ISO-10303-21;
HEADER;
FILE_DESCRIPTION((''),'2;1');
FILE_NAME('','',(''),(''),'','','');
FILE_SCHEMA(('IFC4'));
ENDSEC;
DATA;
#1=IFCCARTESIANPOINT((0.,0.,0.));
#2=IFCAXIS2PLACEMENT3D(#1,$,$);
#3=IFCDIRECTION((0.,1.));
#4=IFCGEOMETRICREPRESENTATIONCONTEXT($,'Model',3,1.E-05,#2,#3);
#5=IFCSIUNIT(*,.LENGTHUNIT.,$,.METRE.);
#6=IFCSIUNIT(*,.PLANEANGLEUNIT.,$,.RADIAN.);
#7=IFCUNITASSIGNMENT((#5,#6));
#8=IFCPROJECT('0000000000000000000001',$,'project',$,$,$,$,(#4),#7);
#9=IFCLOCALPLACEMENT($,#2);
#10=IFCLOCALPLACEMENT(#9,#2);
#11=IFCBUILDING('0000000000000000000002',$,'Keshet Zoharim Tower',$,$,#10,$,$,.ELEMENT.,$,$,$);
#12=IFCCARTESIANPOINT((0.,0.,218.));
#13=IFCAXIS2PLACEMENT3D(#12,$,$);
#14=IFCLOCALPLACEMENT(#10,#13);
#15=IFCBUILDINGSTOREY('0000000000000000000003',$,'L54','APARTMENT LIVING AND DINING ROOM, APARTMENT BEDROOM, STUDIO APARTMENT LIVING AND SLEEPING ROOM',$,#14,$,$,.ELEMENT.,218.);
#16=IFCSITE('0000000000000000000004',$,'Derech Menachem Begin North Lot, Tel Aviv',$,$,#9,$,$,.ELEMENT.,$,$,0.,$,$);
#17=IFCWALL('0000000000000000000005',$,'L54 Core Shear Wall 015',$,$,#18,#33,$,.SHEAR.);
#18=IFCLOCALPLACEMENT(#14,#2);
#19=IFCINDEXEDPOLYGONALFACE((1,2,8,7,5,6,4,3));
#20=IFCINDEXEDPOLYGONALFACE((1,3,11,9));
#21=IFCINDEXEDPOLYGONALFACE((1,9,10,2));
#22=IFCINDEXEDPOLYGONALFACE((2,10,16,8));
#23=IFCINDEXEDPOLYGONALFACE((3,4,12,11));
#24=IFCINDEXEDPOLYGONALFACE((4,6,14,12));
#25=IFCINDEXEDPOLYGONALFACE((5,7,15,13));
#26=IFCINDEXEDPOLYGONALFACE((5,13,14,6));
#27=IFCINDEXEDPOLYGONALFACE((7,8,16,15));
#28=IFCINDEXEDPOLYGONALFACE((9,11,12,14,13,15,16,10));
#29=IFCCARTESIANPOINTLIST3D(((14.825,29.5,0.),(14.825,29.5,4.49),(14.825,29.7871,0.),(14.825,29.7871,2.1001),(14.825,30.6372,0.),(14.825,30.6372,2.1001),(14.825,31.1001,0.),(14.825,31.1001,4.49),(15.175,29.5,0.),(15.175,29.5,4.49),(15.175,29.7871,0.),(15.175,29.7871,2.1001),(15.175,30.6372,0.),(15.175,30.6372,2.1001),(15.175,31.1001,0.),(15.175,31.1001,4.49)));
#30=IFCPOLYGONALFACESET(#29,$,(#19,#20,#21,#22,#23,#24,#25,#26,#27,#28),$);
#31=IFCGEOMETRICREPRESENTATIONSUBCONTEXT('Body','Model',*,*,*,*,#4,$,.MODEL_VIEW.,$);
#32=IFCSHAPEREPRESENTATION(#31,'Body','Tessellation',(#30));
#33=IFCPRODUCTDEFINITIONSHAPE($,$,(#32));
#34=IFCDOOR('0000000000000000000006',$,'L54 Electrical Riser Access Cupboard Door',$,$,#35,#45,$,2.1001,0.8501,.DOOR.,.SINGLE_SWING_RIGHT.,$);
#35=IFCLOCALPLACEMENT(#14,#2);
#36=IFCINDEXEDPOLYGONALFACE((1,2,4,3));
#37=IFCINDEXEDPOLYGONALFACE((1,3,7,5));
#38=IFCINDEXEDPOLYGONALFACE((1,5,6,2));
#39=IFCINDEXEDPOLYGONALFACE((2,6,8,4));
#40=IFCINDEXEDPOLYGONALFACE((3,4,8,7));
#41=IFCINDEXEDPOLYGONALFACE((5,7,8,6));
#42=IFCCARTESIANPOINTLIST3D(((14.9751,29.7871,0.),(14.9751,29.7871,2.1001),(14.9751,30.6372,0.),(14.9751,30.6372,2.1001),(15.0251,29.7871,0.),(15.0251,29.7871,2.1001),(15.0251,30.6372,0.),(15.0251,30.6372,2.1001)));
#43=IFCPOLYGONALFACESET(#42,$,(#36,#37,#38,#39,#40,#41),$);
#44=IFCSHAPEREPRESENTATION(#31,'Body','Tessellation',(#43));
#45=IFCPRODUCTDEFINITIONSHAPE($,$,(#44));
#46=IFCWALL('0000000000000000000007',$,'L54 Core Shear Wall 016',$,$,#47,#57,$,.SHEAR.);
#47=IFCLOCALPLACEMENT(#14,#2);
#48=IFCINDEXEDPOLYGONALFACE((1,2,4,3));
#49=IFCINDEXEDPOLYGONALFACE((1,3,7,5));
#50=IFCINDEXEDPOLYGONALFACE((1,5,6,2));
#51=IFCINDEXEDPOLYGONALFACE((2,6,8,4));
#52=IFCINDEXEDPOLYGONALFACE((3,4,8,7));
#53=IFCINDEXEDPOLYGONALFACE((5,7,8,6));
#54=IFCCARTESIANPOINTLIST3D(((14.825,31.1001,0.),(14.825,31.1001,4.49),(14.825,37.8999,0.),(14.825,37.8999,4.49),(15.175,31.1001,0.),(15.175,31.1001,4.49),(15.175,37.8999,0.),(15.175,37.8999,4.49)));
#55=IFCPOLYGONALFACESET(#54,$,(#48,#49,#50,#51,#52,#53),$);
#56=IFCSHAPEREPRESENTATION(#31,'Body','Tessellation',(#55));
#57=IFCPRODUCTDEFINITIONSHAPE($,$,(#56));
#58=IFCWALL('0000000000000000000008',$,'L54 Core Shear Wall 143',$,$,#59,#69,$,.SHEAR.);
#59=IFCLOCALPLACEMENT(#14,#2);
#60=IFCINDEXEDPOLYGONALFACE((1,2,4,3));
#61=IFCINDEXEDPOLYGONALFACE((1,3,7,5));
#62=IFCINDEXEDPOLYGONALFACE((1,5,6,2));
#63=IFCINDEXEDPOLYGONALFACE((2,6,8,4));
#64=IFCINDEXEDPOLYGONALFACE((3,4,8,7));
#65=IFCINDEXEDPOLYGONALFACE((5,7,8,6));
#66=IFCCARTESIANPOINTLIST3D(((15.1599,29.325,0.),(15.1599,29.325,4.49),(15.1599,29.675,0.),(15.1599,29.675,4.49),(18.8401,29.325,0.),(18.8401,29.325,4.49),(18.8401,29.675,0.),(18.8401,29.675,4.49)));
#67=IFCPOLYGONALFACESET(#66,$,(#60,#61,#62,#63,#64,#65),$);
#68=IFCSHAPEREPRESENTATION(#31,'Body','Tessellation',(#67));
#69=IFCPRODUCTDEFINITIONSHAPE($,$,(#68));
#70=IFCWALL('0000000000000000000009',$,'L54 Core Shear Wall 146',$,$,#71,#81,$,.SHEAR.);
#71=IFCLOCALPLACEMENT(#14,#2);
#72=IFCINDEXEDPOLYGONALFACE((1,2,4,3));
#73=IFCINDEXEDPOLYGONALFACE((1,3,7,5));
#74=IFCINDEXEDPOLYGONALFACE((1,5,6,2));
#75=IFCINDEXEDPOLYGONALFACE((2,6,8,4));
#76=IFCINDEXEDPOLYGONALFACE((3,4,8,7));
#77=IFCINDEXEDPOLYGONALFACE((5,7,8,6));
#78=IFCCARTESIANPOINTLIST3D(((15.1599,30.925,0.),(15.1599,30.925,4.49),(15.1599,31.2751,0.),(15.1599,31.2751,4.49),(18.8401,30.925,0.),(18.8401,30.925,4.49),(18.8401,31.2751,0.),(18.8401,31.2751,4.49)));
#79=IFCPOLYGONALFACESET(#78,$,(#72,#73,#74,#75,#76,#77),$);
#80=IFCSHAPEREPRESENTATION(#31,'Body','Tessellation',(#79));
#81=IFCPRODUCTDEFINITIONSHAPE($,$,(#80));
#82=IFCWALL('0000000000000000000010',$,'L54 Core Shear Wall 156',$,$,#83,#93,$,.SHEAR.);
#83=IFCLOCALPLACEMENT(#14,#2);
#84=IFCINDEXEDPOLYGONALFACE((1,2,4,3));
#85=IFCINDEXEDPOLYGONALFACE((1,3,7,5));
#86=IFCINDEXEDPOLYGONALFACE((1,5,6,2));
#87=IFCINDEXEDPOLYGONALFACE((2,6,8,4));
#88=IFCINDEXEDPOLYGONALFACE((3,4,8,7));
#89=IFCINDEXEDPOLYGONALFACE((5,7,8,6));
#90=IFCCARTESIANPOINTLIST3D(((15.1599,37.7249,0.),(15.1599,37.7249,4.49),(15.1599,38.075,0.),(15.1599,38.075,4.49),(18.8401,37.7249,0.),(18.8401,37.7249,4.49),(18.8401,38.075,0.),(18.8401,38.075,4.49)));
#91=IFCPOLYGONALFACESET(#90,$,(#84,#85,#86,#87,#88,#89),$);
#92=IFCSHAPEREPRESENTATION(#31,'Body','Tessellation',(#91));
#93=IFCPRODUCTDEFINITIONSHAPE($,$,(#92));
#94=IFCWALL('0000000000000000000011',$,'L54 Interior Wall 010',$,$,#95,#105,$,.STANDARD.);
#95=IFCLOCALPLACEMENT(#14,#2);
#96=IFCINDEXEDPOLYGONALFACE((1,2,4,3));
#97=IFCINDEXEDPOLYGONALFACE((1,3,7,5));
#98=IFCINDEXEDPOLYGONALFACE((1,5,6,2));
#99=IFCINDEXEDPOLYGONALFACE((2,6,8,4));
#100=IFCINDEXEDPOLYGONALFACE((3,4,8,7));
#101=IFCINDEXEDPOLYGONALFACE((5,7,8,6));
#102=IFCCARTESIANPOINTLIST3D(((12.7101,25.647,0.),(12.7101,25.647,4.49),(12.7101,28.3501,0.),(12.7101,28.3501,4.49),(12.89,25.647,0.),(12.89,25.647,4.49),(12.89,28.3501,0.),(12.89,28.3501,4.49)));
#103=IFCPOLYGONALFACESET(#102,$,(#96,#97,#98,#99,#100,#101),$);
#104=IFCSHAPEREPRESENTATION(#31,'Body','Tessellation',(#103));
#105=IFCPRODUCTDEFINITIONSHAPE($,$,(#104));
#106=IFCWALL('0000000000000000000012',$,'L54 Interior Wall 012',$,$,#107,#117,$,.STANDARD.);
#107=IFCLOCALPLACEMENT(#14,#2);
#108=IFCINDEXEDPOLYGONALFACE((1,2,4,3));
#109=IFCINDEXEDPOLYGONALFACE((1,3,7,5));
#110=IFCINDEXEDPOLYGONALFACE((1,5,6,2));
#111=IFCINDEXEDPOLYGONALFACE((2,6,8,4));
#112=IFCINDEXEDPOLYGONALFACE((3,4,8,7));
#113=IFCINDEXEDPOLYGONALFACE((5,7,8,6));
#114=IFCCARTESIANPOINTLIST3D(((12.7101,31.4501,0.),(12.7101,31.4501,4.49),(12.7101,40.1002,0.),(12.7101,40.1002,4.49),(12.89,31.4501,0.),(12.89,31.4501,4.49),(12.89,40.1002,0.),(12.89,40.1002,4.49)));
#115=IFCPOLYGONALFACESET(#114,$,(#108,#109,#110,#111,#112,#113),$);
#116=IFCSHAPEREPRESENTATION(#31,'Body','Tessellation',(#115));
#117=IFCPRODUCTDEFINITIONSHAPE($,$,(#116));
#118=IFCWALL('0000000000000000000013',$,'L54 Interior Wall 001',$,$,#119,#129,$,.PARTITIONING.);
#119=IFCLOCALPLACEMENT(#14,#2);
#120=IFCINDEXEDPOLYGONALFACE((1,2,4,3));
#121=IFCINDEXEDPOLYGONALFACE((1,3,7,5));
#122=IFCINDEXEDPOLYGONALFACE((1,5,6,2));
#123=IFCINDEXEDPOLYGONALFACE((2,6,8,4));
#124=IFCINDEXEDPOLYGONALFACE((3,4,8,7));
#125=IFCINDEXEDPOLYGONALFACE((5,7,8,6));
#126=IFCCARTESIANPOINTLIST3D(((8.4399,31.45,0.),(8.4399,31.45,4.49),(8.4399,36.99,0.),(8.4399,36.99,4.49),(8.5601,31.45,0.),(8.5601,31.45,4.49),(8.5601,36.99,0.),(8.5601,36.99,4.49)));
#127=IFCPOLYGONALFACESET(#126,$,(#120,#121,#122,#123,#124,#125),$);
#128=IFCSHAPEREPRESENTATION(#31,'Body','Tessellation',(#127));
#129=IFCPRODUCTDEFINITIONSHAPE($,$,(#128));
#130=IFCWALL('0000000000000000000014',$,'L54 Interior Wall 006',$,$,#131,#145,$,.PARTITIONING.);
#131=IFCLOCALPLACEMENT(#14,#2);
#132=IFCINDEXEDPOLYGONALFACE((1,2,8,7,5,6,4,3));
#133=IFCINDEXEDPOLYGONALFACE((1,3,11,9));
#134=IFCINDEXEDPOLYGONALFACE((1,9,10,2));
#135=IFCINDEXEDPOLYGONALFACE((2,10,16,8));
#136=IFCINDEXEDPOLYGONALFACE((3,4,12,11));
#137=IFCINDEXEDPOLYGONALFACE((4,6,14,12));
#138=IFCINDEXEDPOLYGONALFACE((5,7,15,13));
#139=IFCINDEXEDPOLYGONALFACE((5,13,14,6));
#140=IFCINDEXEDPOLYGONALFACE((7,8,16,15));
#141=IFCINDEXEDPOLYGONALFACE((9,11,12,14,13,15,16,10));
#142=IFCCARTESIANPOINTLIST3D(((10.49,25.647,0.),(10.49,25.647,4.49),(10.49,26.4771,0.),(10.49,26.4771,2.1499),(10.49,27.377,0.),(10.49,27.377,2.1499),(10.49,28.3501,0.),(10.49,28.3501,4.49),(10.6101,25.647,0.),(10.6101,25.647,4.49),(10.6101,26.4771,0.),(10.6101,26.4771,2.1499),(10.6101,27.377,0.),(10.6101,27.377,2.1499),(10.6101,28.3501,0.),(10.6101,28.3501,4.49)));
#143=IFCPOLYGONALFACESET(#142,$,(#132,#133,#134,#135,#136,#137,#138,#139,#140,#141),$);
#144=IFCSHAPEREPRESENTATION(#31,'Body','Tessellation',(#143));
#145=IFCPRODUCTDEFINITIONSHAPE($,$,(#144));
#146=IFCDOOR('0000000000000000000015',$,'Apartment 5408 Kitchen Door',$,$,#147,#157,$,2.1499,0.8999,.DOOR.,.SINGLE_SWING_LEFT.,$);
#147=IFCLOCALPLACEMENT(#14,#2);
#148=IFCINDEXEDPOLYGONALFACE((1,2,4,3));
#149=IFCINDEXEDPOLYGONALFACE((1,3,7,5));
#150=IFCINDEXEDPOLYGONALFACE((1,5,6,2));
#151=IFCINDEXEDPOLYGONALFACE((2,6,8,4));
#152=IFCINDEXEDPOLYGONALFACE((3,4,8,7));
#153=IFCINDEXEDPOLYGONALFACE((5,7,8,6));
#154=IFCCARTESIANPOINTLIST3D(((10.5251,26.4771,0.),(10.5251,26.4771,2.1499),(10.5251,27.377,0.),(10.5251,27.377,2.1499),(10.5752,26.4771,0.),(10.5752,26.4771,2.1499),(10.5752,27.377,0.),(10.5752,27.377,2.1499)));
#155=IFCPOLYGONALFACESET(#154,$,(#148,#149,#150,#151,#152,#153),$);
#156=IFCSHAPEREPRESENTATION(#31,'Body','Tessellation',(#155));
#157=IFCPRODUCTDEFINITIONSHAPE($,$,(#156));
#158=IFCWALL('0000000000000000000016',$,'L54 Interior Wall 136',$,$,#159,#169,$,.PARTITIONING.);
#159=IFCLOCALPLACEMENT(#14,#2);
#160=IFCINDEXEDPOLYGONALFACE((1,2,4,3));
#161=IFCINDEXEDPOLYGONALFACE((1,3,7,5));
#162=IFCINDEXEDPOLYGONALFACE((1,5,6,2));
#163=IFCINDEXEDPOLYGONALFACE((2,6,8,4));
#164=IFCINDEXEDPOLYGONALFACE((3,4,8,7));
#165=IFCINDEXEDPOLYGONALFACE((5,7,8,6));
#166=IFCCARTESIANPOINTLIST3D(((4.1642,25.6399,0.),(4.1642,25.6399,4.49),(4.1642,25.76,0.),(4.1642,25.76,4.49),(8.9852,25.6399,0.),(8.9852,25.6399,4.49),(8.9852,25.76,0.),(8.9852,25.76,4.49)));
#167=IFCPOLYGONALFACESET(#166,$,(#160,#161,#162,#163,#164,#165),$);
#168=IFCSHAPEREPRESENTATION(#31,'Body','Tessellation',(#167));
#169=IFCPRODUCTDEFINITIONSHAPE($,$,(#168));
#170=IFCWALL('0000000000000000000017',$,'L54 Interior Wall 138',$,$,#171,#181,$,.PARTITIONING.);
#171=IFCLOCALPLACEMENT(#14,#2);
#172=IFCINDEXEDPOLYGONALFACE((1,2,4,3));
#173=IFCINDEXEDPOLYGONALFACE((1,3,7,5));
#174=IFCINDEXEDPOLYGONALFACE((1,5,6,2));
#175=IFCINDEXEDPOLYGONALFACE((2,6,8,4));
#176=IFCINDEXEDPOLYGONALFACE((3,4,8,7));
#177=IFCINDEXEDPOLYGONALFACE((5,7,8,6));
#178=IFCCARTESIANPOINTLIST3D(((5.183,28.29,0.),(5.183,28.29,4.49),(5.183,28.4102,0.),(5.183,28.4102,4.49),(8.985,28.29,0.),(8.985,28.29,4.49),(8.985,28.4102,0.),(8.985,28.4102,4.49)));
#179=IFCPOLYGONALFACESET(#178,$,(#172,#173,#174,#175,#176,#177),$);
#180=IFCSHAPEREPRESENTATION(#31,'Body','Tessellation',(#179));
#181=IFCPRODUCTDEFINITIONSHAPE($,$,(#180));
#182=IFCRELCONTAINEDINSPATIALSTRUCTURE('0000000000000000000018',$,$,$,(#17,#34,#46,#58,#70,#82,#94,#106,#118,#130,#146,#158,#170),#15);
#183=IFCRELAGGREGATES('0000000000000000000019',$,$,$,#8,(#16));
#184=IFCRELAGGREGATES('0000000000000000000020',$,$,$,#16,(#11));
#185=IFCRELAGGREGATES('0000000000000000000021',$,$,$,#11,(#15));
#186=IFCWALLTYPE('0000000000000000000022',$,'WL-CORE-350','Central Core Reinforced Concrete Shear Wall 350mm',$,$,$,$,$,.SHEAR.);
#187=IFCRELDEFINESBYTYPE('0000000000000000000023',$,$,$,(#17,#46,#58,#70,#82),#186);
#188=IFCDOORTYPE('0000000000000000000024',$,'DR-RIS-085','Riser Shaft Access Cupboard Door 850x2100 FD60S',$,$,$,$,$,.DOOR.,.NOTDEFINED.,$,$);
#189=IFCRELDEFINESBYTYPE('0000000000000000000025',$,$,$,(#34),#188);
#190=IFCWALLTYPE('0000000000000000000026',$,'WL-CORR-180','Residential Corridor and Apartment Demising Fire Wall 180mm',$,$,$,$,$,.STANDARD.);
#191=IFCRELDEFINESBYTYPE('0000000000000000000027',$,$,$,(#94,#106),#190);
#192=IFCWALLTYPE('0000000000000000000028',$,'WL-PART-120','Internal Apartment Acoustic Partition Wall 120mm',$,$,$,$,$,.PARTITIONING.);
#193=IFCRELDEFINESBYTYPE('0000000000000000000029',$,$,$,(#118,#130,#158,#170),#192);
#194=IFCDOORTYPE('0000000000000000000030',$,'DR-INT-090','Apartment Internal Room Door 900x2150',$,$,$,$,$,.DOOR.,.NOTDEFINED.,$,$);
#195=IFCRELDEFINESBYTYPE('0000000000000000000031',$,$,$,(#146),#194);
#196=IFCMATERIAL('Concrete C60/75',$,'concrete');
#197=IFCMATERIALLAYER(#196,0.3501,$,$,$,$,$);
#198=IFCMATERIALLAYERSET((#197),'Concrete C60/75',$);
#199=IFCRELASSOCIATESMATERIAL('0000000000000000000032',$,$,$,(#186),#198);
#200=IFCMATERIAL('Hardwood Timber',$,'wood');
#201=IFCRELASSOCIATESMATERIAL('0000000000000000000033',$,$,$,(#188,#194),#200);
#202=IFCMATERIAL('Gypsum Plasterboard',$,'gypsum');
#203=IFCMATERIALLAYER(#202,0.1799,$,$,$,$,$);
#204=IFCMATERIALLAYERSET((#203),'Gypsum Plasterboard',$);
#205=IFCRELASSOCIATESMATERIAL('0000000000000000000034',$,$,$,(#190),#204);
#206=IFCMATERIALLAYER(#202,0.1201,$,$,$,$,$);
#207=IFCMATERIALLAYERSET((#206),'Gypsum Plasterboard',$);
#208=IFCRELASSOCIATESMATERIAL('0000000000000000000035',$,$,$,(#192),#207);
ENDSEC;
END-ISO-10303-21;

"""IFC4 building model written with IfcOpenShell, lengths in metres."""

from ifc_helpers import new_model, si_unit, direction, frame, frame_2d, origin, place, context, subcontext, project, spatial, rectangle, extrude, material, layer, layer_set, type_object, element, fill, save


model = new_model("IFC4")

# Units and contexts
model_context = context("Model", 3, precision=1e-05, world=origin(), true_north=direction((0.0, 1.0)))
body_context = subcontext(model_context, "Body", "Model", "MODEL_VIEW")
ifc_project = project(units=[si_unit("LENGTHUNIT", "METRE"), si_unit("PLANEANGLEUNIT", "RADIAN")], contexts=[model_context])

# Site, building, storey
site_placement = place(None, origin())
site = spatial("IfcSite", under=ifc_project, at=site_placement, Name="Derech Menachem Begin North Lot, Tel Aviv", CompositionType="ELEMENT", RefElevation=0.0)
building_placement = place(site_placement, origin())
building = spatial("IfcBuilding", under=site, at=building_placement, Name="Keshet Zoharim Tower", CompositionType="ELEMENT")
storey_placement = place(building_placement, frame((0.0, 0.0, 218.0)))
storey = spatial("IfcBuildingStorey", under=building, at=storey_placement, Name="L54", Description="APARTMENT LIVING AND DINING ROOM, APARTMENT BEDROOM, STUDIO APARTMENT LIVING AND SLEEPING ROOM", CompositionType="ELEMENT", Elevation=218.0)

# Wall, opening, door
ifc_material_1 = material(Name="Concrete C60/75", Category="concrete")
ifc_layer_1 = layer(ifc_material_1, 0.3501)
ifc_layer_set_1 = layer_set([ifc_layer_1], Name="Concrete C60/75")
wall_type_1 = type_object("IfcWallType", Name="WL-CORE-350", Description="Central Core Reinforced Concrete Shear Wall 350mm", PredefinedType="SHEAR", material=ifc_layer_set_1)
wall_1_placement = place(storey_placement, frame((15.0, 29.5, 0.0), z_axis=(0.0, 0.0, 1.0), x_axis=(0.0, 1.0, 0.0)))
wall_1 = element("IfcWall", 1, at=wall_1_placement, inside=storey, type_object=wall_type_1, Name="L54 Core Shear Wall 015", PredefinedType="SHEAR", context=body_context, shape_type="SweptSolid", body=[
    extrude(rectangle(XDim=1.6001, YDim=0.3501, at=frame_2d((0.8, 0.0))), origin(), (0.0, 0.0, 1.0), 4.49),
])
opening_1_placement = place(wall_1_placement, frame((0.2871, 0.0, 0.0)))
opening_1 = element("IfcOpeningElement", 2, at=opening_1_placement, cuts=wall_1, PredefinedType="OPENING", context=body_context, shape_type="SweptSolid", body=[
    extrude(rectangle(XDim=0.8501, YDim=2.1001, at=frame_2d((0.425, 1.05))), frame((0.0, 0.1851, 0.0), z_axis=(0.0, -1.0, 0.0), x_axis=(1.0, 0.0, 0.0)), (0.0, 0.0, 1.0), 0.3701),
])
ifc_material_2 = material(Name="Hardwood Timber", Category="wood")
door_type_1 = type_object("IfcDoorType", Name="DR-RIS-085", Description="Riser Shaft Access Cupboard Door 850x2100 FD60S", OperationType="NOTDEFINED", PredefinedType="DOOR", material=ifc_material_2)
door_1_placement = place(opening_1_placement, origin())
door_1 = element("IfcDoor", 3, at=door_1_placement, inside=storey, type_object=door_type_1, Name="L54 Electrical Riser Access Cupboard Door", OperationType="SINGLE_SWING_RIGHT", OverallHeight=2.1001, OverallWidth=0.8501, PredefinedType="DOOR", context=body_context, shape_type="SweptSolid", body=[
    extrude(rectangle(XDim=0.8501, YDim=2.1001, at=frame_2d((0.425, 1.05))), frame((0.0, 0.0249, 0.0), z_axis=(0.0, -1.0, 0.0), x_axis=(1.0, 0.0, 0.0)), (0.0, 0.0, 1.0), 0.05),
])
fill(opening_1, door_1)

# Walls
wall_2_placement = place(storey_placement, frame((15.0, 31.1001, 0.0), z_axis=(0.0, 0.0, 1.0), x_axis=(0.0, 1.0, 0.0)))
element("IfcWall", 4, at=wall_2_placement, inside=storey, type_object=wall_type_1, Name="L54 Core Shear Wall 016", PredefinedType="SHEAR", context=body_context, shape_type="SweptSolid", body=[
    extrude(rectangle(XDim=6.7998, YDim=0.3501, at=frame_2d((3.3999, 0.0))), origin(), (0.0, 0.0, 1.0), 4.49),
])
for number, where, z_axis, x_axis, name in (
    (5, (15.1599, 29.5, 0.0), (0.0, 0.0, 1.0), (1.0, 0.0, 0.0), "L54 Core Shear Wall 143"),
    (6, (15.1599, 31.1001, 0.0), (0.0, 0.0, 1.0), (1.0, 0.0, 0.0), "L54 Core Shear Wall 146"),
    (7, (15.1599, 37.8999, 0.0), (0.0, 0.0, 1.0), (1.0, 0.0, 0.0), "L54 Core Shear Wall 156"),
):
    element("IfcWall", number, at=place(storey_placement, frame(where, z_axis=z_axis, x_axis=x_axis)), inside=storey, type_object=wall_type_1, Name=name, PredefinedType="SHEAR", context=body_context, shape_type="SweptSolid", body=[
        extrude(rectangle(XDim=3.6802, YDim=0.3501, at=frame_2d((1.8401, 0.0))), origin(), (0.0, 0.0, 1.0), 4.49),
    ])
ifc_material_3 = material(Name="Gypsum Plasterboard", Category="gypsum")
ifc_layer_2 = layer(ifc_material_3, 0.1799)
ifc_layer_set_2 = layer_set([ifc_layer_2], Name="Gypsum Plasterboard")
wall_type_2 = type_object("IfcWallType", Name="WL-CORR-180", Description="Residential Corridor and Apartment Demising Fire Wall 180mm", PredefinedType="STANDARD", material=ifc_layer_set_2)
wall_3_placement = place(storey_placement, frame((12.8, 25.647, 0.0), z_axis=(0.0, 0.0, 1.0), x_axis=(0.0, 1.0, 0.0)))
element("IfcWall", 8, at=wall_3_placement, inside=storey, type_object=wall_type_2, Name="L54 Interior Wall 010", PredefinedType="STANDARD", context=body_context, shape_type="SweptSolid", body=[
    extrude(rectangle(XDim=2.7031, YDim=0.1799, at=frame_2d((1.3516, 0.0))), origin(), (0.0, 0.0, 1.0), 4.49),
])

# Walls
wall_4_placement = place(storey_placement, frame((12.8, 31.45, 0.0), z_axis=(0.0, 0.0, 1.0), x_axis=(0.0, 1.0, 0.0)))
element("IfcWall", 9, at=wall_4_placement, inside=storey, type_object=wall_type_2, Name="L54 Interior Wall 012", PredefinedType="STANDARD", context=body_context, shape_type="SweptSolid", body=[
    extrude(rectangle(XDim=8.6501, YDim=0.1799, at=frame_2d((4.3252, 0.0))), origin(), (0.0, 0.0, 1.0), 4.49),
])
ifc_layer_3 = layer(ifc_material_3, 0.1201)
ifc_layer_set_3 = layer_set([ifc_layer_3], Name="Gypsum Plasterboard")
wall_type_3 = type_object("IfcWallType", Name="WL-PART-120", Description="Internal Apartment Acoustic Partition Wall 120mm", PredefinedType="PARTITIONING", material=ifc_layer_set_3)
wall_5_placement = place(storey_placement, frame((8.5, 31.45, 0.0), z_axis=(0.0, 0.0, 1.0), x_axis=(0.0, 1.0, 0.0)))
element("IfcWall", 10, at=wall_5_placement, inside=storey, type_object=wall_type_3, Name="L54 Interior Wall 001", PredefinedType="PARTITIONING", context=body_context, shape_type="SweptSolid", body=[
    extrude(rectangle(XDim=5.54, YDim=0.1201, at=frame_2d((2.77, 0.0))), origin(), (0.0, 0.0, 1.0), 4.49),
])

# Wall, opening, door
wall_6_placement = place(storey_placement, frame((10.55, 25.647, 0.0), z_axis=(0.0, 0.0, 1.0), x_axis=(0.0, 1.0, 0.0)))
wall_6 = element("IfcWall", 11, at=wall_6_placement, inside=storey, type_object=wall_type_3, Name="L54 Interior Wall 006", PredefinedType="PARTITIONING", context=body_context, shape_type="SweptSolid", body=[
    extrude(rectangle(XDim=2.7031, YDim=0.1201, at=frame_2d((1.3516, 0.0))), origin(), (0.0, 0.0, 1.0), 4.49),
])
opening_2_placement = place(wall_6_placement, frame((0.8301, 0.0, 0.0)))
opening_2 = element("IfcOpeningElement", 12, at=opening_2_placement, cuts=wall_6, PredefinedType="OPENING", context=body_context, shape_type="SweptSolid", body=[
    extrude(rectangle(XDim=0.8999, YDim=2.1499, at=frame_2d((0.45, 1.075))), frame((0.0, 0.0701, 0.0), z_axis=(0.0, -1.0, 0.0), x_axis=(1.0, 0.0, 0.0)), (0.0, 0.0, 1.0), 0.1401),
])
door_type_2 = type_object("IfcDoorType", Name="DR-INT-090", Description="Apartment Internal Room Door 900x2150", OperationType="NOTDEFINED", PredefinedType="DOOR", material=ifc_material_2)
door_2_placement = place(opening_2_placement, origin())
door_2 = element("IfcDoor", 13, at=door_2_placement, inside=storey, type_object=door_type_2, Name="Apartment 5408 Kitchen Door", OperationType="SINGLE_SWING_LEFT", OverallHeight=2.1499, OverallWidth=0.8999, PredefinedType="DOOR", context=body_context, shape_type="SweptSolid", body=[
    extrude(rectangle(XDim=0.8999, YDim=2.1499, at=frame_2d((0.45, 1.075))), frame((0.0, 0.0249, 0.0), z_axis=(0.0, -1.0, 0.0), x_axis=(1.0, 0.0, 0.0)), (0.0, 0.0, 1.0), 0.05),
])
fill(opening_2, door_2)

# Walls
wall_7_placement = place(storey_placement, frame((4.1641, 25.7, 0.0), z_axis=(0.0, 0.0, 1.0), x_axis=(1.0, 0.0, 0.0)))
element("IfcWall", 14, at=wall_7_placement, inside=storey, type_object=wall_type_3, Name="L54 Interior Wall 136", PredefinedType="PARTITIONING", context=body_context, shape_type="SweptSolid", body=[
    extrude(rectangle(XDim=4.821, YDim=0.1201, at=frame_2d((2.4106, 0.0))), origin(), (0.0, 0.0, 1.0), 4.49),
])
wall_8_placement = place(storey_placement, frame((5.1831, 28.3501, 0.0), z_axis=(0.0, 0.0, 1.0), x_axis=(1.0, 0.0, 0.0)))
element("IfcWall", 15, at=wall_8_placement, inside=storey, type_object=wall_type_3, Name="L54 Interior Wall 138", PredefinedType="PARTITIONING", context=body_context, shape_type="SweptSolid", body=[
    extrude(rectangle(XDim=3.802, YDim=0.1201, at=frame_2d((1.9009, 0.0))), origin(), (0.0, 0.0, 1.0), 4.49),
])

save(model, "model.ifc")
